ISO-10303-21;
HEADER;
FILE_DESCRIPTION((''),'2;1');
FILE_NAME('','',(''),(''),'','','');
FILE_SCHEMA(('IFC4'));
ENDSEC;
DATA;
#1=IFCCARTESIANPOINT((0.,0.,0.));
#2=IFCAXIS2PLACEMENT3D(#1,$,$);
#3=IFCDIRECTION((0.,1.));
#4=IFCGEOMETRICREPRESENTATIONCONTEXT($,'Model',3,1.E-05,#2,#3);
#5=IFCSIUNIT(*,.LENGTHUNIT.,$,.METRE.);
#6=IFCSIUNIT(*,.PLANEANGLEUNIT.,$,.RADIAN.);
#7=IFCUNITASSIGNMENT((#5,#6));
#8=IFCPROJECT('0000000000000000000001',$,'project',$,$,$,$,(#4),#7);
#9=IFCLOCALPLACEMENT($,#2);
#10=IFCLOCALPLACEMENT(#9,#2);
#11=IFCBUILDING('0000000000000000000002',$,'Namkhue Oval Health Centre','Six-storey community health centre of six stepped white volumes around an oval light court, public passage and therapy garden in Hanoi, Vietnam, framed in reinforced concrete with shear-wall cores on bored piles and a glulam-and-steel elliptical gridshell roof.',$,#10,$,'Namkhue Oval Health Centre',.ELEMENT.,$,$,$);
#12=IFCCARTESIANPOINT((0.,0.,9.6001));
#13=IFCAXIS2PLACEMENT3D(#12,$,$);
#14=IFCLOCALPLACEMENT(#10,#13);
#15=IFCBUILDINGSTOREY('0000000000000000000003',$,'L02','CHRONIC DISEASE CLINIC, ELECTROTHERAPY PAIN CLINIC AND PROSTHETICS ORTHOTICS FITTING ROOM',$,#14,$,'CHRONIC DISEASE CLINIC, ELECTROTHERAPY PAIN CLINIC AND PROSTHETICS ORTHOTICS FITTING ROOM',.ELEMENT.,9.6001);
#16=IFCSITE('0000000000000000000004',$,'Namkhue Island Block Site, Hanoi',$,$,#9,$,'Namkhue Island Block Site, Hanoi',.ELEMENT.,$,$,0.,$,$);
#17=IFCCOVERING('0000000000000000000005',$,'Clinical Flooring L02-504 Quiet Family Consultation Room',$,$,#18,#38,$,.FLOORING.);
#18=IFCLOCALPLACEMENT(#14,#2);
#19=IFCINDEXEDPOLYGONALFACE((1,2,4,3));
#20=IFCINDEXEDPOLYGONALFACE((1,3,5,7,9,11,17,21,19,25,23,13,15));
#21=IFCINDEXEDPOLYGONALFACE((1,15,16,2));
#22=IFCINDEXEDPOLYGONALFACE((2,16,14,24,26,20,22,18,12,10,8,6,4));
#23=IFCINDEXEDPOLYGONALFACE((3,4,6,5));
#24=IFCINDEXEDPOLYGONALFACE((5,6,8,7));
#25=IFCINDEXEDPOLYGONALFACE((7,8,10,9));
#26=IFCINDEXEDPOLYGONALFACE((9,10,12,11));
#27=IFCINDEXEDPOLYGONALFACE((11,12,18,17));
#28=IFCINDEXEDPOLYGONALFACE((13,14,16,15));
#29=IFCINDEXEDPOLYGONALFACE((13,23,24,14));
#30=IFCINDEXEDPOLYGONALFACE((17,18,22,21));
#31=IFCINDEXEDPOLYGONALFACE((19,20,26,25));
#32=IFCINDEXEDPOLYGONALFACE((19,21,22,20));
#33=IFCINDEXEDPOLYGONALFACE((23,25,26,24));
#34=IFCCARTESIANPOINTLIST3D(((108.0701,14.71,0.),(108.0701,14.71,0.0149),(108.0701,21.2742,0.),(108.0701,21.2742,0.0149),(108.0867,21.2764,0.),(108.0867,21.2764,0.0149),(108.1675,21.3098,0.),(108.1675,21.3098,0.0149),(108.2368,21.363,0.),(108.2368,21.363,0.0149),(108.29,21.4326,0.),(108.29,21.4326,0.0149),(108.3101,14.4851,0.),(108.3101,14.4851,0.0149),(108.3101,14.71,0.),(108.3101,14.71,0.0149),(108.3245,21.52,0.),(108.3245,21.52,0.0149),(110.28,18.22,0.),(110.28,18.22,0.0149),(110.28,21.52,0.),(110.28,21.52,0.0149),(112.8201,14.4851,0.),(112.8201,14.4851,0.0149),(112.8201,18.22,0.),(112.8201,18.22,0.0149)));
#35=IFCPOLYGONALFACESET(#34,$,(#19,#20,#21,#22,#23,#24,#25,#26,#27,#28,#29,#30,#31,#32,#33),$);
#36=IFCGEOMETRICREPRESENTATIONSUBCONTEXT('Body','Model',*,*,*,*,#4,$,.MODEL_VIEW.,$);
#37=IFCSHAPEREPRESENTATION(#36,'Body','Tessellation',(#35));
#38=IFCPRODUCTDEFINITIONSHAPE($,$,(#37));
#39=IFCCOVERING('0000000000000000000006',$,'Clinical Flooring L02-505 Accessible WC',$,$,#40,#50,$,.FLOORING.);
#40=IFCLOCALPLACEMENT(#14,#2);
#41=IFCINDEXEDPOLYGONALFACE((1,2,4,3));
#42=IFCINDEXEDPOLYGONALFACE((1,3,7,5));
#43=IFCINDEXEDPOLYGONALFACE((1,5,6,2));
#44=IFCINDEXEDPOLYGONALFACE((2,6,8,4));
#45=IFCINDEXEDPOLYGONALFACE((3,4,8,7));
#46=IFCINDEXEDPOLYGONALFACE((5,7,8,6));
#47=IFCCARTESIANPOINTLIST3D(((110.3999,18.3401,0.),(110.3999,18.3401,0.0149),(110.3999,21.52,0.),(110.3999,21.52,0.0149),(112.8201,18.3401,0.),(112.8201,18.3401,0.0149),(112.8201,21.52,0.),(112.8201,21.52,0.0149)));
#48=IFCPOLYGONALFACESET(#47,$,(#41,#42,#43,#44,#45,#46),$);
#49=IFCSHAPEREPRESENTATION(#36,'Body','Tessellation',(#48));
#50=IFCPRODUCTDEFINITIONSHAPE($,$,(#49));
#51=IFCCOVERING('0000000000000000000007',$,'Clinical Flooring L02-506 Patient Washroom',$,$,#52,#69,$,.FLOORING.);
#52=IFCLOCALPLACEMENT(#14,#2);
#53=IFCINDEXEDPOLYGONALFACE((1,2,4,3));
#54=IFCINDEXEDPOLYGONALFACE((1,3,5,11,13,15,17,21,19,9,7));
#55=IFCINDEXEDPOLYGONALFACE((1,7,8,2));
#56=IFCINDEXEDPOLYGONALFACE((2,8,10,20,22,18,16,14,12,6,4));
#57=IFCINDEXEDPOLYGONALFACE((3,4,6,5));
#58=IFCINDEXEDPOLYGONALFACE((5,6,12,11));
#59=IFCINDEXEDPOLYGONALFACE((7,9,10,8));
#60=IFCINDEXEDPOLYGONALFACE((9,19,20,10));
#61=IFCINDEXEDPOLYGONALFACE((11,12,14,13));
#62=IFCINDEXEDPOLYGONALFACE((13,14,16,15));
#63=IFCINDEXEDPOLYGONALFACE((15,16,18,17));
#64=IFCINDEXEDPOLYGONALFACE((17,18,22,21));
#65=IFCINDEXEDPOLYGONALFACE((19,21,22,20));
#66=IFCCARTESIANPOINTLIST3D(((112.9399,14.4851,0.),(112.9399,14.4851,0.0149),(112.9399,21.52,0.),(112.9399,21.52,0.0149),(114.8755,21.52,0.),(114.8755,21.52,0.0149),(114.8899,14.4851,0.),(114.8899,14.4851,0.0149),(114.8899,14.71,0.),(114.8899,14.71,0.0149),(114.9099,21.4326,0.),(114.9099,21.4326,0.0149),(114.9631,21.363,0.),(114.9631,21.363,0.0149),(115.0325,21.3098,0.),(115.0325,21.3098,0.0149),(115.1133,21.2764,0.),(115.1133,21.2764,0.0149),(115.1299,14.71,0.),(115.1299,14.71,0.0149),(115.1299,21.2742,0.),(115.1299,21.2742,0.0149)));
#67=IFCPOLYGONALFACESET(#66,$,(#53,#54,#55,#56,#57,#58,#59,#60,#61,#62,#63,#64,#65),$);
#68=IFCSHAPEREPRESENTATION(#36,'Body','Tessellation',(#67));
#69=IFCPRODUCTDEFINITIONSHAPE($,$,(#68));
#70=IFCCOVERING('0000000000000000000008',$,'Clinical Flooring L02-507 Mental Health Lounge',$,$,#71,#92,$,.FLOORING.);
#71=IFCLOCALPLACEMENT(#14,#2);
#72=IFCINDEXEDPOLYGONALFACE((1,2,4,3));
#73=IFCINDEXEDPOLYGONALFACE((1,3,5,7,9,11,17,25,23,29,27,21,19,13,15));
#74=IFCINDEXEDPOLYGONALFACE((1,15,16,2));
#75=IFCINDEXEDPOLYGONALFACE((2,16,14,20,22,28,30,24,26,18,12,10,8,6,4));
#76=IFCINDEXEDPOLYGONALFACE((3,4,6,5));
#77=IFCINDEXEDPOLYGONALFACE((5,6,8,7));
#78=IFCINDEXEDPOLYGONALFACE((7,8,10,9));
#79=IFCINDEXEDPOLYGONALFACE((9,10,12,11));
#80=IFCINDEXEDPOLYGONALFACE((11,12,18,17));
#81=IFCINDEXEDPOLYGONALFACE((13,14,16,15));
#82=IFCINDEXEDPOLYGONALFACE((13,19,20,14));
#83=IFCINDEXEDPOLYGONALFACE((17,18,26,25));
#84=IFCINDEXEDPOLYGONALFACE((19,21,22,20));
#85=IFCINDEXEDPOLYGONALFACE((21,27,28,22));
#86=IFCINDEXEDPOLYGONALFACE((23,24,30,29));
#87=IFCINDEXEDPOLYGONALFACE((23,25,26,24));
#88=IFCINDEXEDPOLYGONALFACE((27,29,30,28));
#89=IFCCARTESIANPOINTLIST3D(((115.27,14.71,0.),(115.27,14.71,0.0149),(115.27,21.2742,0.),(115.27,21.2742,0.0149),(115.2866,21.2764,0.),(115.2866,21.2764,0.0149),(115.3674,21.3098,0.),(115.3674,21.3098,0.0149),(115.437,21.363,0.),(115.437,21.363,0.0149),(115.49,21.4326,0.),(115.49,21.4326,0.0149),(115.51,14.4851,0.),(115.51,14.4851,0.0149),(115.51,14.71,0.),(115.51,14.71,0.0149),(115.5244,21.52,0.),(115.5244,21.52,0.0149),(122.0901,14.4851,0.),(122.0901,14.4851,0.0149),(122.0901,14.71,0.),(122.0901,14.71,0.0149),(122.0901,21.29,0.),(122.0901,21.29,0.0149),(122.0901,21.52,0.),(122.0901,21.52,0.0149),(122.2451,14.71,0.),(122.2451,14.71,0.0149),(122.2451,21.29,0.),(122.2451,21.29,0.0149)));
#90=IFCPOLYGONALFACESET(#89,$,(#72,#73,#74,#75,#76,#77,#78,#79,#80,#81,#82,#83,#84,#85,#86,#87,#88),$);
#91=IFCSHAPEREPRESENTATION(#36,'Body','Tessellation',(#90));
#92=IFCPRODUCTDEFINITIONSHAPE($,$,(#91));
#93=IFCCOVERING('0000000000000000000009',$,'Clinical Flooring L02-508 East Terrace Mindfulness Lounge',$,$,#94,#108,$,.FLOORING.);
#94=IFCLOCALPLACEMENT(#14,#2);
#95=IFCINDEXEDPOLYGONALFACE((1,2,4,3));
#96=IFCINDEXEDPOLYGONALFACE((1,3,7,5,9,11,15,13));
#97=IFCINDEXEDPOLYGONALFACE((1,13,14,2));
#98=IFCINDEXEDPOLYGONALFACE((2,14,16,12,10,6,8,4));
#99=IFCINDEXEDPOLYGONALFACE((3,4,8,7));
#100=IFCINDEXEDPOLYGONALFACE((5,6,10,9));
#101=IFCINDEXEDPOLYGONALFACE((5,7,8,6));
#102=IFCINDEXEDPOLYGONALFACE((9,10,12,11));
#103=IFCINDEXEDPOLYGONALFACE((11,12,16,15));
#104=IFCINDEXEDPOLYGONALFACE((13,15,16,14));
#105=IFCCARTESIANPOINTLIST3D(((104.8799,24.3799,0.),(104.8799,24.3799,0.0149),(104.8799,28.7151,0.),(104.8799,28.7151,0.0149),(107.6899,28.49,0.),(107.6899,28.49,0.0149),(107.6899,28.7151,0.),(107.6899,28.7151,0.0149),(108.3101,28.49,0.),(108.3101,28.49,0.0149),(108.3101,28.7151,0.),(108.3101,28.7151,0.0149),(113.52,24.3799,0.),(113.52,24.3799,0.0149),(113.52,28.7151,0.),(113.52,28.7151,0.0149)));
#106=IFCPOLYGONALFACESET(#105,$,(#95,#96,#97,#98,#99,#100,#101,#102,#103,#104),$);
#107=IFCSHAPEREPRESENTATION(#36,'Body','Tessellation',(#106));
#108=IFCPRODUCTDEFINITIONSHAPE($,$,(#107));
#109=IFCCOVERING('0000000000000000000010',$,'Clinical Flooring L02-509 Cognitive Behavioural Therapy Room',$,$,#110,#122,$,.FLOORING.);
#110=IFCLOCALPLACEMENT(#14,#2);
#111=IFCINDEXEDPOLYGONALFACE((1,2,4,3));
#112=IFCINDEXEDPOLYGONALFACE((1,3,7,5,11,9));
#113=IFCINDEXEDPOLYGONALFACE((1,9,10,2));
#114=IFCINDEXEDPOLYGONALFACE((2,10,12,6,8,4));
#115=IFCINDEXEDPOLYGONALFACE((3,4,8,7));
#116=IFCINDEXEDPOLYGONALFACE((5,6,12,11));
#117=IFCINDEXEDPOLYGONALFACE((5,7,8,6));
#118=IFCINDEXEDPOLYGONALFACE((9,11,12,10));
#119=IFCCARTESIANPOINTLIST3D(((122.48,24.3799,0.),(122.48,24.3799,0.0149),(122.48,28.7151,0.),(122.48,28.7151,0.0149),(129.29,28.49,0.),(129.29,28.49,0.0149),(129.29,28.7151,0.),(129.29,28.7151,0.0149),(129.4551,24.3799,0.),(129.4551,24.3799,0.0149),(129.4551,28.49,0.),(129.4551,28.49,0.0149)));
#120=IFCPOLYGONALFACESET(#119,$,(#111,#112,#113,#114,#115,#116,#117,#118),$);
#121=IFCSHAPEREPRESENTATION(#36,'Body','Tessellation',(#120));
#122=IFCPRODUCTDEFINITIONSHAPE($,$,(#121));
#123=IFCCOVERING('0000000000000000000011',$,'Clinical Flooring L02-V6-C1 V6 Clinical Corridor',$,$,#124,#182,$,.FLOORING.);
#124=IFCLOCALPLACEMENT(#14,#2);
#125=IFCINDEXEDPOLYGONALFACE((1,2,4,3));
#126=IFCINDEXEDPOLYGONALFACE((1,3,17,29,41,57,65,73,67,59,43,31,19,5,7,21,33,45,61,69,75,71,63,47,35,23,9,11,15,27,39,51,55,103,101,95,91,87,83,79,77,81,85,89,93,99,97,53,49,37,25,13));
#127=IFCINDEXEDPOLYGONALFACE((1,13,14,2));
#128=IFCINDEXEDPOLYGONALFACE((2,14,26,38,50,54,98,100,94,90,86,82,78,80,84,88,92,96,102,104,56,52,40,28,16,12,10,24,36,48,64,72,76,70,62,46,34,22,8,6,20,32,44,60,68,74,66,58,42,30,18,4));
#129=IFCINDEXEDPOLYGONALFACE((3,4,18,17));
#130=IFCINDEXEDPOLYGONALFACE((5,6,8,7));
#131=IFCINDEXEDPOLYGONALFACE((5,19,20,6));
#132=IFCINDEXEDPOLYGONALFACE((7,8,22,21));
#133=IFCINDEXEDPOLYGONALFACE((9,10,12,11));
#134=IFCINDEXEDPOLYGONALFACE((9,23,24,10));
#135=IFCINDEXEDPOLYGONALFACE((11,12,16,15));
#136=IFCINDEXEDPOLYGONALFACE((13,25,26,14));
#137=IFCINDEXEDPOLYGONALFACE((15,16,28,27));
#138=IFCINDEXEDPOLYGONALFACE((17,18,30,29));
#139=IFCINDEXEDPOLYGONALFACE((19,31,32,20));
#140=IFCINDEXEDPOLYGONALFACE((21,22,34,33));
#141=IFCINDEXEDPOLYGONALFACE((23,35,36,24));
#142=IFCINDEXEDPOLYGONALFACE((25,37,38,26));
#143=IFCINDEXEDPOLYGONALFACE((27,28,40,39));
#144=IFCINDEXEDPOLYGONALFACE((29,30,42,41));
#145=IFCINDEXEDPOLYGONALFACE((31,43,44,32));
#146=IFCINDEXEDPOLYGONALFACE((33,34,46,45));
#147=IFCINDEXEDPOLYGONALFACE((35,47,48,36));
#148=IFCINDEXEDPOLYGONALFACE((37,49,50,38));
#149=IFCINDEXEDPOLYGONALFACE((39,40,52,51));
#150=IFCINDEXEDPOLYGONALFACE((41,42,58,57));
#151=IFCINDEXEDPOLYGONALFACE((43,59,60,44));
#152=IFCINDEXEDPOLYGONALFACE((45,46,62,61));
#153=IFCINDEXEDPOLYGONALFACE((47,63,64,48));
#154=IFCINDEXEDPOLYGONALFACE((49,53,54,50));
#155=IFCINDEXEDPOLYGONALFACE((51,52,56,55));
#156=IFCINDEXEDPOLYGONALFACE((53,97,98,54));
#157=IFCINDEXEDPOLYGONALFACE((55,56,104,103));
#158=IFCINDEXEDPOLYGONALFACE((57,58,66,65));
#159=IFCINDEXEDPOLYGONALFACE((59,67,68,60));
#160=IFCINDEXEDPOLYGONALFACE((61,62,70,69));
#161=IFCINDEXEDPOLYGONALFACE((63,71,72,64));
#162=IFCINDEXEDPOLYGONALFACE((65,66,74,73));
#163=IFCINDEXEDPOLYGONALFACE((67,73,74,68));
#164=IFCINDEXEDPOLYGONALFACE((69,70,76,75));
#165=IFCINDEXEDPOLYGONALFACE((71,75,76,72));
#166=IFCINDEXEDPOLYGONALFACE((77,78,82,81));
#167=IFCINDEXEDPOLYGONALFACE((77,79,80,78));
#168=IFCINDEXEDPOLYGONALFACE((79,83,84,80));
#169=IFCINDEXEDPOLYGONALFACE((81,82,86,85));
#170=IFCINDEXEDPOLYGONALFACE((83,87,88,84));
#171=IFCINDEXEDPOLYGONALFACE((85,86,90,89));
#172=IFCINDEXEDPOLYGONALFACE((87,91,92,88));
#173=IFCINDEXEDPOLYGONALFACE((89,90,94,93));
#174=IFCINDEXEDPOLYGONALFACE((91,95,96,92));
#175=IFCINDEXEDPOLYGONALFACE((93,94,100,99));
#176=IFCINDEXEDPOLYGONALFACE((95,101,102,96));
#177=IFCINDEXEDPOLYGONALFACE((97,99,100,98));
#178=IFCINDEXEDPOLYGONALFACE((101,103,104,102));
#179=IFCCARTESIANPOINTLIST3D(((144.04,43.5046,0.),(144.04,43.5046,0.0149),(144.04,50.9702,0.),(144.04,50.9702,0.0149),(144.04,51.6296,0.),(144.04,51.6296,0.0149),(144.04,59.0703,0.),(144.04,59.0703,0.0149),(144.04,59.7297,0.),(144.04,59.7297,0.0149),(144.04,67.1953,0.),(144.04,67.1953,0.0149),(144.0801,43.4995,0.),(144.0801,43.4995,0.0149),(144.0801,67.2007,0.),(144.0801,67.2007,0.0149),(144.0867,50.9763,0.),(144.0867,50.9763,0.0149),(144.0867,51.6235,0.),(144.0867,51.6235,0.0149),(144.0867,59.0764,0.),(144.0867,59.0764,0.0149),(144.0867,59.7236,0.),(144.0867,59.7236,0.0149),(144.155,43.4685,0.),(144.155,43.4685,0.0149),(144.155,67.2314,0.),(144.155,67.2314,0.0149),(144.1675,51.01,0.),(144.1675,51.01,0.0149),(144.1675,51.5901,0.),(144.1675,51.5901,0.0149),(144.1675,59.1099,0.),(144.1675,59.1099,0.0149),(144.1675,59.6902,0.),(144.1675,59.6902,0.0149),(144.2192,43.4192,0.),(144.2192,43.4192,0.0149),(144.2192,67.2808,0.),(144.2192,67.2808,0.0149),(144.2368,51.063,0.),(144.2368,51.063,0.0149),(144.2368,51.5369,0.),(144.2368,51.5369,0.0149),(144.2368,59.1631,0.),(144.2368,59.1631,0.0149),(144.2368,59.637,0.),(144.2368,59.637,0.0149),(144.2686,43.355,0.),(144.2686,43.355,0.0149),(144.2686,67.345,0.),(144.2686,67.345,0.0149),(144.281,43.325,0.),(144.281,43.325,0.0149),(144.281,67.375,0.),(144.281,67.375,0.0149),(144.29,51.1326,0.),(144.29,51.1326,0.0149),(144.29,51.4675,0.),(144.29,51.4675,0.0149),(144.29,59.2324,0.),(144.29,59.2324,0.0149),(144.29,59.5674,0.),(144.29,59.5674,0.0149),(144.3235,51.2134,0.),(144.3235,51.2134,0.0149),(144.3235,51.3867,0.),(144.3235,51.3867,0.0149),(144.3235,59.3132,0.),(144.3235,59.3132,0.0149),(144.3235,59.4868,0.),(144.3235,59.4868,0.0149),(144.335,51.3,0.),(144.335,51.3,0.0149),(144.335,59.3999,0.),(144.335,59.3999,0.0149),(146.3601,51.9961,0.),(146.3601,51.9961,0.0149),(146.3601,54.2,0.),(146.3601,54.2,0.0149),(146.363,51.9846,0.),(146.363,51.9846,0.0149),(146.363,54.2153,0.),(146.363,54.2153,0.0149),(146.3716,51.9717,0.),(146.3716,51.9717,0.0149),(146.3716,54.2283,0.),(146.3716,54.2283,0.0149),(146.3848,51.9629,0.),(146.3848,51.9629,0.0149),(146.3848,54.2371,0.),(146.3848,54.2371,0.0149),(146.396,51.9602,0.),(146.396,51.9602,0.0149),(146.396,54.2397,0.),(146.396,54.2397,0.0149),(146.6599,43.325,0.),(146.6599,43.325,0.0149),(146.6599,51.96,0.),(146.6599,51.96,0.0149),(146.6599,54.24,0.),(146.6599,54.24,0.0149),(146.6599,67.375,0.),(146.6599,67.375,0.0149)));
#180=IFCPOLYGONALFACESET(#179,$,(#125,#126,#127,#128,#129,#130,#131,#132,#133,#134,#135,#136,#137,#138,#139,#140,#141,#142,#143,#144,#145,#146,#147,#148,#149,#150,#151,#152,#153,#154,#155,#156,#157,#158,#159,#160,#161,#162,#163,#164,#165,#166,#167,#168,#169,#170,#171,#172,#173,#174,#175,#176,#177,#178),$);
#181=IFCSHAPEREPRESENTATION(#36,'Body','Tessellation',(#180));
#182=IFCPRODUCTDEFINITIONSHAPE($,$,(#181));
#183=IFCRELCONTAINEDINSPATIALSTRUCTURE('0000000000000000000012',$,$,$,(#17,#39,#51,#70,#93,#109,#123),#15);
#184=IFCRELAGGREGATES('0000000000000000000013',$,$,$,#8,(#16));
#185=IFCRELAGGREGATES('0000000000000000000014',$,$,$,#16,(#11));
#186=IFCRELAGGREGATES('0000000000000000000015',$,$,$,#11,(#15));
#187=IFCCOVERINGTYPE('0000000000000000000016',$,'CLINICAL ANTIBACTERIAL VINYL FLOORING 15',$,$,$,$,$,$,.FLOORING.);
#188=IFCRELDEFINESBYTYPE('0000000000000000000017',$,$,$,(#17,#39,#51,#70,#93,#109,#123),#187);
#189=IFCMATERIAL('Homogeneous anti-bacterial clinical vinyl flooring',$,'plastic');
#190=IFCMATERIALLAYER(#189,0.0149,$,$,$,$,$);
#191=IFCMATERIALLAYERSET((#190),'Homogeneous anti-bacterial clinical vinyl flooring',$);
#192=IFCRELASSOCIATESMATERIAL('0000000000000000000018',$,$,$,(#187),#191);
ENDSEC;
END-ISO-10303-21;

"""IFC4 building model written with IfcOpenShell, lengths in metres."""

from ifc_helpers import new_model, si_unit, direction, frame, origin, place, context, subcontext, project, spatial, polyline, outline, extrude, material, layer, layer_set, type_object, element, save


model = new_model("IFC4")

# Units and contexts
model_context = context("Model", 3, precision=1e-05, world=origin(), true_north=direction((0.0, 1.0)))
body_context = subcontext(model_context, "Body", "Model", "MODEL_VIEW")
ifc_project = project(units=[si_unit("LENGTHUNIT", "METRE"), si_unit("PLANEANGLEUNIT", "RADIAN")], contexts=[model_context])

# Site, building, storey
site_placement = place(None, origin())
site = spatial("IfcSite", under=ifc_project, at=site_placement, Name="Namkhue Island Block Site, Hanoi", LongName="Namkhue Island Block Site, Hanoi", CompositionType="ELEMENT", RefElevation=0.0)
building_placement = place(site_placement, origin())
building = spatial("IfcBuilding", under=site, at=building_placement, Name="Namkhue Oval Health Centre", Description="Six-storey community health centre of six stepped white volumes around an oval light court, public passage and therapy garden in Hanoi, Vietnam, framed in reinforced concrete with shear-wall cores on bored piles and a glulam-and-steel elliptical gridshell roof.", LongName="Namkhue Oval Health Centre", CompositionType="ELEMENT")
storey_placement = place(building_placement, frame((0.0, 0.0, 9.6001)))
storey = spatial("IfcBuildingStorey", under=building, at=storey_placement, Name="L02", Description="CHRONIC DISEASE CLINIC, ELECTROTHERAPY PAIN CLINIC AND PROSTHETICS ORTHOTICS FITTING ROOM", LongName="CHRONIC DISEASE CLINIC, ELECTROTHERAPY PAIN CLINIC AND PROSTHETICS ORTHOTICS FITTING ROOM", CompositionType="ELEMENT", Elevation=9.6001)

# Coverings
ifc_material_1 = material(Name="Homogeneous anti-bacterial clinical vinyl flooring", Category="plastic")
ifc_layer_1 = layer(ifc_material_1, 0.0149)
ifc_layer_set_1 = layer_set([ifc_layer_1], Name="Homogeneous anti-bacterial clinical vinyl flooring")
covering_type_1 = type_object("IfcCoveringType", Name="CLINICAL ANTIBACTERIAL VINYL FLOORING 15", PredefinedType="FLOORING", material=ifc_layer_set_1)
covering_1_placement = place(storey_placement, origin())
element("IfcCovering", 1, at=covering_1_placement, inside=storey, type_object=covering_type_1, Name="Clinical Flooring L02-504 Quiet Family Consultation Room", PredefinedType="FLOORING", context=body_context, shape_type="SweptSolid", body=[
    extrude(outline(polyline([(110.28, 21.52), (110.28, 18.22), (112.8201, 18.22), (112.8201, 14.4851), (108.3101, 14.4851), (108.3101, 14.71), (108.0701, 14.71), (108.0701, 21.2742), (108.0867, 21.2764), (108.1675, 21.3098), (108.2368, 21.363), (108.29, 21.4326), (108.3245, 21.52), (110.28, 21.52)])), origin(), (0.0, 0.0, 1.0), 0.0149),
])
covering_2_placement = place(storey_placement, origin())
element("IfcCovering", 2, at=covering_2_placement, inside=storey, type_object=covering_type_1, Name="Clinical Flooring L02-505 Accessible WC", PredefinedType="FLOORING", context=body_context, shape_type="SweptSolid", body=[
    extrude(outline(polyline([(110.3999, 18.3401), (110.3999, 21.52), (112.8201, 21.52), (112.8201, 18.3401), (110.3999, 18.3401)])), origin(), (0.0, 0.0, 1.0), 0.0149),
])
covering_3_placement = place(storey_placement, origin())
element("IfcCovering", 3, at=covering_3_placement, inside=storey, type_object=covering_type_1, Name="Clinical Flooring L02-506 Patient Washroom", PredefinedType="FLOORING", context=body_context, shape_type="SweptSolid", body=[
    extrude(outline(polyline([(112.9399, 14.4851), (112.9399, 21.52), (114.8755, 21.52), (114.9099, 21.4326), (114.9631, 21.363), (115.0325, 21.3098), (115.1133, 21.2764), (115.1299, 21.2742), (115.1299, 14.71), (114.8899, 14.71), (114.8899, 14.4851), (112.9399, 14.4851)])), origin(), (0.0, 0.0, 1.0), 0.0149),
])
covering_4_placement = place(storey_placement, origin())
element("IfcCovering", 4, at=covering_4_placement, inside=storey, type_object=covering_type_1, Name="Clinical Flooring L02-507 Mental Health Lounge", PredefinedType="FLOORING", context=body_context, shape_type="SweptSolid", body=[
    extrude(outline(polyline([(115.51, 14.4851), (115.51, 14.71), (115.27, 14.71), (115.27, 21.2742), (115.2866, 21.2764), (115.3674, 21.3098), (115.437, 21.363), (115.49, 21.4326), (115.5244, 21.52), (122.0901, 21.52), (122.0901, 21.29), (122.2451, 21.29), (122.2451, 14.71), (122.0901, 14.71), (122.0901, 14.4851), (115.51, 14.4851)])), origin(), (0.0, 0.0, 1.0), 0.0149),
])
covering_5_placement = place(storey_placement, origin())
element("IfcCovering", 5, at=covering_5_placement, inside=storey, type_object=covering_type_1, Name="Clinical Flooring L02-508 East Terrace Mindfulness Lounge", PredefinedType="FLOORING", context=body_context, shape_type="SweptSolid", body=[
    extrude(outline(polyline([(104.8799, 24.3799), (104.8799, 28.7151), (107.6899, 28.7151), (107.6899, 28.49), (108.3101, 28.49), (108.3101, 28.7151), (113.52, 28.7151), (113.52, 24.3799), (104.8799, 24.3799)])), origin(), (0.0, 0.0, 1.0), 0.0149),
])
covering_6_placement = place(storey_placement, origin())
element("IfcCovering", 6, at=covering_6_placement, inside=storey, type_object=covering_type_1, Name="Clinical Flooring L02-509 Cognitive Behavioural Therapy Room", PredefinedType="FLOORING", context=body_context, shape_type="SweptSolid", body=[
    extrude(outline(polyline([(122.48, 24.3799), (122.48, 28.7151), (129.29, 28.7151), (129.29, 28.49), (129.4551, 28.49), (129.4551, 24.3799), (122.48, 24.3799)])), origin(), (0.0, 0.0, 1.0), 0.0149),
])
covering_7_placement = place(storey_placement, origin())
element("IfcCovering", 7, at=covering_7_placement, inside=storey, type_object=covering_type_1, Name="Clinical Flooring L02-V6-C1 V6 Clinical Corridor", PredefinedType="FLOORING", context=body_context, shape_type="SweptSolid", body=[
    extrude(outline(polyline([(144.04, 50.9702), (144.0867, 50.9763), (144.1675, 51.01), (144.2368, 51.063), (144.29, 51.1326), (144.3235, 51.2134), (144.335, 51.3), (144.3235, 51.3867), (144.29, 51.4675), (144.2368, 51.5369), (144.1675, 51.5901), (144.0867, 51.6235), (144.04, 51.6296), (144.04, 59.0703), (144.0867, 59.0764), (144.1675, 59.1099), (144.2368, 59.1631), (144.29, 59.2324), (144.3235, 59.3132), (144.335, 59.3999), (144.3235, 59.4868), (144.29, 59.5674), (144.2368, 59.637), (144.1675, 59.6902), (144.0867, 59.7236), (144.04, 59.7297), (144.04, 67.1953), (144.0801, 67.2007), (144.155, 67.2314), (144.2192, 67.2808), (144.2686, 67.345), (144.281, 67.375), (146.6599, 67.375), (146.6599, 54.24), (146.396, 54.2397), (146.3848, 54.2371), (146.3716, 54.2283), (146.363, 54.2153), (146.3601, 54.2), (146.3601, 51.9961), (146.363, 51.9846), (146.3716, 51.9717), (146.3848, 51.9629), (146.396, 51.9602), (146.6599, 51.96), (146.6599, 43.325), (144.281, 43.325), (144.2686, 43.355), (144.2192, 43.4192), (144.155, 43.4685), (144.0801, 43.4995), (144.04, 43.5046), (144.04, 50.9702)])), origin(), (0.0, 0.0, 1.0), 0.0149),
])

save(model, "model.ifc")
